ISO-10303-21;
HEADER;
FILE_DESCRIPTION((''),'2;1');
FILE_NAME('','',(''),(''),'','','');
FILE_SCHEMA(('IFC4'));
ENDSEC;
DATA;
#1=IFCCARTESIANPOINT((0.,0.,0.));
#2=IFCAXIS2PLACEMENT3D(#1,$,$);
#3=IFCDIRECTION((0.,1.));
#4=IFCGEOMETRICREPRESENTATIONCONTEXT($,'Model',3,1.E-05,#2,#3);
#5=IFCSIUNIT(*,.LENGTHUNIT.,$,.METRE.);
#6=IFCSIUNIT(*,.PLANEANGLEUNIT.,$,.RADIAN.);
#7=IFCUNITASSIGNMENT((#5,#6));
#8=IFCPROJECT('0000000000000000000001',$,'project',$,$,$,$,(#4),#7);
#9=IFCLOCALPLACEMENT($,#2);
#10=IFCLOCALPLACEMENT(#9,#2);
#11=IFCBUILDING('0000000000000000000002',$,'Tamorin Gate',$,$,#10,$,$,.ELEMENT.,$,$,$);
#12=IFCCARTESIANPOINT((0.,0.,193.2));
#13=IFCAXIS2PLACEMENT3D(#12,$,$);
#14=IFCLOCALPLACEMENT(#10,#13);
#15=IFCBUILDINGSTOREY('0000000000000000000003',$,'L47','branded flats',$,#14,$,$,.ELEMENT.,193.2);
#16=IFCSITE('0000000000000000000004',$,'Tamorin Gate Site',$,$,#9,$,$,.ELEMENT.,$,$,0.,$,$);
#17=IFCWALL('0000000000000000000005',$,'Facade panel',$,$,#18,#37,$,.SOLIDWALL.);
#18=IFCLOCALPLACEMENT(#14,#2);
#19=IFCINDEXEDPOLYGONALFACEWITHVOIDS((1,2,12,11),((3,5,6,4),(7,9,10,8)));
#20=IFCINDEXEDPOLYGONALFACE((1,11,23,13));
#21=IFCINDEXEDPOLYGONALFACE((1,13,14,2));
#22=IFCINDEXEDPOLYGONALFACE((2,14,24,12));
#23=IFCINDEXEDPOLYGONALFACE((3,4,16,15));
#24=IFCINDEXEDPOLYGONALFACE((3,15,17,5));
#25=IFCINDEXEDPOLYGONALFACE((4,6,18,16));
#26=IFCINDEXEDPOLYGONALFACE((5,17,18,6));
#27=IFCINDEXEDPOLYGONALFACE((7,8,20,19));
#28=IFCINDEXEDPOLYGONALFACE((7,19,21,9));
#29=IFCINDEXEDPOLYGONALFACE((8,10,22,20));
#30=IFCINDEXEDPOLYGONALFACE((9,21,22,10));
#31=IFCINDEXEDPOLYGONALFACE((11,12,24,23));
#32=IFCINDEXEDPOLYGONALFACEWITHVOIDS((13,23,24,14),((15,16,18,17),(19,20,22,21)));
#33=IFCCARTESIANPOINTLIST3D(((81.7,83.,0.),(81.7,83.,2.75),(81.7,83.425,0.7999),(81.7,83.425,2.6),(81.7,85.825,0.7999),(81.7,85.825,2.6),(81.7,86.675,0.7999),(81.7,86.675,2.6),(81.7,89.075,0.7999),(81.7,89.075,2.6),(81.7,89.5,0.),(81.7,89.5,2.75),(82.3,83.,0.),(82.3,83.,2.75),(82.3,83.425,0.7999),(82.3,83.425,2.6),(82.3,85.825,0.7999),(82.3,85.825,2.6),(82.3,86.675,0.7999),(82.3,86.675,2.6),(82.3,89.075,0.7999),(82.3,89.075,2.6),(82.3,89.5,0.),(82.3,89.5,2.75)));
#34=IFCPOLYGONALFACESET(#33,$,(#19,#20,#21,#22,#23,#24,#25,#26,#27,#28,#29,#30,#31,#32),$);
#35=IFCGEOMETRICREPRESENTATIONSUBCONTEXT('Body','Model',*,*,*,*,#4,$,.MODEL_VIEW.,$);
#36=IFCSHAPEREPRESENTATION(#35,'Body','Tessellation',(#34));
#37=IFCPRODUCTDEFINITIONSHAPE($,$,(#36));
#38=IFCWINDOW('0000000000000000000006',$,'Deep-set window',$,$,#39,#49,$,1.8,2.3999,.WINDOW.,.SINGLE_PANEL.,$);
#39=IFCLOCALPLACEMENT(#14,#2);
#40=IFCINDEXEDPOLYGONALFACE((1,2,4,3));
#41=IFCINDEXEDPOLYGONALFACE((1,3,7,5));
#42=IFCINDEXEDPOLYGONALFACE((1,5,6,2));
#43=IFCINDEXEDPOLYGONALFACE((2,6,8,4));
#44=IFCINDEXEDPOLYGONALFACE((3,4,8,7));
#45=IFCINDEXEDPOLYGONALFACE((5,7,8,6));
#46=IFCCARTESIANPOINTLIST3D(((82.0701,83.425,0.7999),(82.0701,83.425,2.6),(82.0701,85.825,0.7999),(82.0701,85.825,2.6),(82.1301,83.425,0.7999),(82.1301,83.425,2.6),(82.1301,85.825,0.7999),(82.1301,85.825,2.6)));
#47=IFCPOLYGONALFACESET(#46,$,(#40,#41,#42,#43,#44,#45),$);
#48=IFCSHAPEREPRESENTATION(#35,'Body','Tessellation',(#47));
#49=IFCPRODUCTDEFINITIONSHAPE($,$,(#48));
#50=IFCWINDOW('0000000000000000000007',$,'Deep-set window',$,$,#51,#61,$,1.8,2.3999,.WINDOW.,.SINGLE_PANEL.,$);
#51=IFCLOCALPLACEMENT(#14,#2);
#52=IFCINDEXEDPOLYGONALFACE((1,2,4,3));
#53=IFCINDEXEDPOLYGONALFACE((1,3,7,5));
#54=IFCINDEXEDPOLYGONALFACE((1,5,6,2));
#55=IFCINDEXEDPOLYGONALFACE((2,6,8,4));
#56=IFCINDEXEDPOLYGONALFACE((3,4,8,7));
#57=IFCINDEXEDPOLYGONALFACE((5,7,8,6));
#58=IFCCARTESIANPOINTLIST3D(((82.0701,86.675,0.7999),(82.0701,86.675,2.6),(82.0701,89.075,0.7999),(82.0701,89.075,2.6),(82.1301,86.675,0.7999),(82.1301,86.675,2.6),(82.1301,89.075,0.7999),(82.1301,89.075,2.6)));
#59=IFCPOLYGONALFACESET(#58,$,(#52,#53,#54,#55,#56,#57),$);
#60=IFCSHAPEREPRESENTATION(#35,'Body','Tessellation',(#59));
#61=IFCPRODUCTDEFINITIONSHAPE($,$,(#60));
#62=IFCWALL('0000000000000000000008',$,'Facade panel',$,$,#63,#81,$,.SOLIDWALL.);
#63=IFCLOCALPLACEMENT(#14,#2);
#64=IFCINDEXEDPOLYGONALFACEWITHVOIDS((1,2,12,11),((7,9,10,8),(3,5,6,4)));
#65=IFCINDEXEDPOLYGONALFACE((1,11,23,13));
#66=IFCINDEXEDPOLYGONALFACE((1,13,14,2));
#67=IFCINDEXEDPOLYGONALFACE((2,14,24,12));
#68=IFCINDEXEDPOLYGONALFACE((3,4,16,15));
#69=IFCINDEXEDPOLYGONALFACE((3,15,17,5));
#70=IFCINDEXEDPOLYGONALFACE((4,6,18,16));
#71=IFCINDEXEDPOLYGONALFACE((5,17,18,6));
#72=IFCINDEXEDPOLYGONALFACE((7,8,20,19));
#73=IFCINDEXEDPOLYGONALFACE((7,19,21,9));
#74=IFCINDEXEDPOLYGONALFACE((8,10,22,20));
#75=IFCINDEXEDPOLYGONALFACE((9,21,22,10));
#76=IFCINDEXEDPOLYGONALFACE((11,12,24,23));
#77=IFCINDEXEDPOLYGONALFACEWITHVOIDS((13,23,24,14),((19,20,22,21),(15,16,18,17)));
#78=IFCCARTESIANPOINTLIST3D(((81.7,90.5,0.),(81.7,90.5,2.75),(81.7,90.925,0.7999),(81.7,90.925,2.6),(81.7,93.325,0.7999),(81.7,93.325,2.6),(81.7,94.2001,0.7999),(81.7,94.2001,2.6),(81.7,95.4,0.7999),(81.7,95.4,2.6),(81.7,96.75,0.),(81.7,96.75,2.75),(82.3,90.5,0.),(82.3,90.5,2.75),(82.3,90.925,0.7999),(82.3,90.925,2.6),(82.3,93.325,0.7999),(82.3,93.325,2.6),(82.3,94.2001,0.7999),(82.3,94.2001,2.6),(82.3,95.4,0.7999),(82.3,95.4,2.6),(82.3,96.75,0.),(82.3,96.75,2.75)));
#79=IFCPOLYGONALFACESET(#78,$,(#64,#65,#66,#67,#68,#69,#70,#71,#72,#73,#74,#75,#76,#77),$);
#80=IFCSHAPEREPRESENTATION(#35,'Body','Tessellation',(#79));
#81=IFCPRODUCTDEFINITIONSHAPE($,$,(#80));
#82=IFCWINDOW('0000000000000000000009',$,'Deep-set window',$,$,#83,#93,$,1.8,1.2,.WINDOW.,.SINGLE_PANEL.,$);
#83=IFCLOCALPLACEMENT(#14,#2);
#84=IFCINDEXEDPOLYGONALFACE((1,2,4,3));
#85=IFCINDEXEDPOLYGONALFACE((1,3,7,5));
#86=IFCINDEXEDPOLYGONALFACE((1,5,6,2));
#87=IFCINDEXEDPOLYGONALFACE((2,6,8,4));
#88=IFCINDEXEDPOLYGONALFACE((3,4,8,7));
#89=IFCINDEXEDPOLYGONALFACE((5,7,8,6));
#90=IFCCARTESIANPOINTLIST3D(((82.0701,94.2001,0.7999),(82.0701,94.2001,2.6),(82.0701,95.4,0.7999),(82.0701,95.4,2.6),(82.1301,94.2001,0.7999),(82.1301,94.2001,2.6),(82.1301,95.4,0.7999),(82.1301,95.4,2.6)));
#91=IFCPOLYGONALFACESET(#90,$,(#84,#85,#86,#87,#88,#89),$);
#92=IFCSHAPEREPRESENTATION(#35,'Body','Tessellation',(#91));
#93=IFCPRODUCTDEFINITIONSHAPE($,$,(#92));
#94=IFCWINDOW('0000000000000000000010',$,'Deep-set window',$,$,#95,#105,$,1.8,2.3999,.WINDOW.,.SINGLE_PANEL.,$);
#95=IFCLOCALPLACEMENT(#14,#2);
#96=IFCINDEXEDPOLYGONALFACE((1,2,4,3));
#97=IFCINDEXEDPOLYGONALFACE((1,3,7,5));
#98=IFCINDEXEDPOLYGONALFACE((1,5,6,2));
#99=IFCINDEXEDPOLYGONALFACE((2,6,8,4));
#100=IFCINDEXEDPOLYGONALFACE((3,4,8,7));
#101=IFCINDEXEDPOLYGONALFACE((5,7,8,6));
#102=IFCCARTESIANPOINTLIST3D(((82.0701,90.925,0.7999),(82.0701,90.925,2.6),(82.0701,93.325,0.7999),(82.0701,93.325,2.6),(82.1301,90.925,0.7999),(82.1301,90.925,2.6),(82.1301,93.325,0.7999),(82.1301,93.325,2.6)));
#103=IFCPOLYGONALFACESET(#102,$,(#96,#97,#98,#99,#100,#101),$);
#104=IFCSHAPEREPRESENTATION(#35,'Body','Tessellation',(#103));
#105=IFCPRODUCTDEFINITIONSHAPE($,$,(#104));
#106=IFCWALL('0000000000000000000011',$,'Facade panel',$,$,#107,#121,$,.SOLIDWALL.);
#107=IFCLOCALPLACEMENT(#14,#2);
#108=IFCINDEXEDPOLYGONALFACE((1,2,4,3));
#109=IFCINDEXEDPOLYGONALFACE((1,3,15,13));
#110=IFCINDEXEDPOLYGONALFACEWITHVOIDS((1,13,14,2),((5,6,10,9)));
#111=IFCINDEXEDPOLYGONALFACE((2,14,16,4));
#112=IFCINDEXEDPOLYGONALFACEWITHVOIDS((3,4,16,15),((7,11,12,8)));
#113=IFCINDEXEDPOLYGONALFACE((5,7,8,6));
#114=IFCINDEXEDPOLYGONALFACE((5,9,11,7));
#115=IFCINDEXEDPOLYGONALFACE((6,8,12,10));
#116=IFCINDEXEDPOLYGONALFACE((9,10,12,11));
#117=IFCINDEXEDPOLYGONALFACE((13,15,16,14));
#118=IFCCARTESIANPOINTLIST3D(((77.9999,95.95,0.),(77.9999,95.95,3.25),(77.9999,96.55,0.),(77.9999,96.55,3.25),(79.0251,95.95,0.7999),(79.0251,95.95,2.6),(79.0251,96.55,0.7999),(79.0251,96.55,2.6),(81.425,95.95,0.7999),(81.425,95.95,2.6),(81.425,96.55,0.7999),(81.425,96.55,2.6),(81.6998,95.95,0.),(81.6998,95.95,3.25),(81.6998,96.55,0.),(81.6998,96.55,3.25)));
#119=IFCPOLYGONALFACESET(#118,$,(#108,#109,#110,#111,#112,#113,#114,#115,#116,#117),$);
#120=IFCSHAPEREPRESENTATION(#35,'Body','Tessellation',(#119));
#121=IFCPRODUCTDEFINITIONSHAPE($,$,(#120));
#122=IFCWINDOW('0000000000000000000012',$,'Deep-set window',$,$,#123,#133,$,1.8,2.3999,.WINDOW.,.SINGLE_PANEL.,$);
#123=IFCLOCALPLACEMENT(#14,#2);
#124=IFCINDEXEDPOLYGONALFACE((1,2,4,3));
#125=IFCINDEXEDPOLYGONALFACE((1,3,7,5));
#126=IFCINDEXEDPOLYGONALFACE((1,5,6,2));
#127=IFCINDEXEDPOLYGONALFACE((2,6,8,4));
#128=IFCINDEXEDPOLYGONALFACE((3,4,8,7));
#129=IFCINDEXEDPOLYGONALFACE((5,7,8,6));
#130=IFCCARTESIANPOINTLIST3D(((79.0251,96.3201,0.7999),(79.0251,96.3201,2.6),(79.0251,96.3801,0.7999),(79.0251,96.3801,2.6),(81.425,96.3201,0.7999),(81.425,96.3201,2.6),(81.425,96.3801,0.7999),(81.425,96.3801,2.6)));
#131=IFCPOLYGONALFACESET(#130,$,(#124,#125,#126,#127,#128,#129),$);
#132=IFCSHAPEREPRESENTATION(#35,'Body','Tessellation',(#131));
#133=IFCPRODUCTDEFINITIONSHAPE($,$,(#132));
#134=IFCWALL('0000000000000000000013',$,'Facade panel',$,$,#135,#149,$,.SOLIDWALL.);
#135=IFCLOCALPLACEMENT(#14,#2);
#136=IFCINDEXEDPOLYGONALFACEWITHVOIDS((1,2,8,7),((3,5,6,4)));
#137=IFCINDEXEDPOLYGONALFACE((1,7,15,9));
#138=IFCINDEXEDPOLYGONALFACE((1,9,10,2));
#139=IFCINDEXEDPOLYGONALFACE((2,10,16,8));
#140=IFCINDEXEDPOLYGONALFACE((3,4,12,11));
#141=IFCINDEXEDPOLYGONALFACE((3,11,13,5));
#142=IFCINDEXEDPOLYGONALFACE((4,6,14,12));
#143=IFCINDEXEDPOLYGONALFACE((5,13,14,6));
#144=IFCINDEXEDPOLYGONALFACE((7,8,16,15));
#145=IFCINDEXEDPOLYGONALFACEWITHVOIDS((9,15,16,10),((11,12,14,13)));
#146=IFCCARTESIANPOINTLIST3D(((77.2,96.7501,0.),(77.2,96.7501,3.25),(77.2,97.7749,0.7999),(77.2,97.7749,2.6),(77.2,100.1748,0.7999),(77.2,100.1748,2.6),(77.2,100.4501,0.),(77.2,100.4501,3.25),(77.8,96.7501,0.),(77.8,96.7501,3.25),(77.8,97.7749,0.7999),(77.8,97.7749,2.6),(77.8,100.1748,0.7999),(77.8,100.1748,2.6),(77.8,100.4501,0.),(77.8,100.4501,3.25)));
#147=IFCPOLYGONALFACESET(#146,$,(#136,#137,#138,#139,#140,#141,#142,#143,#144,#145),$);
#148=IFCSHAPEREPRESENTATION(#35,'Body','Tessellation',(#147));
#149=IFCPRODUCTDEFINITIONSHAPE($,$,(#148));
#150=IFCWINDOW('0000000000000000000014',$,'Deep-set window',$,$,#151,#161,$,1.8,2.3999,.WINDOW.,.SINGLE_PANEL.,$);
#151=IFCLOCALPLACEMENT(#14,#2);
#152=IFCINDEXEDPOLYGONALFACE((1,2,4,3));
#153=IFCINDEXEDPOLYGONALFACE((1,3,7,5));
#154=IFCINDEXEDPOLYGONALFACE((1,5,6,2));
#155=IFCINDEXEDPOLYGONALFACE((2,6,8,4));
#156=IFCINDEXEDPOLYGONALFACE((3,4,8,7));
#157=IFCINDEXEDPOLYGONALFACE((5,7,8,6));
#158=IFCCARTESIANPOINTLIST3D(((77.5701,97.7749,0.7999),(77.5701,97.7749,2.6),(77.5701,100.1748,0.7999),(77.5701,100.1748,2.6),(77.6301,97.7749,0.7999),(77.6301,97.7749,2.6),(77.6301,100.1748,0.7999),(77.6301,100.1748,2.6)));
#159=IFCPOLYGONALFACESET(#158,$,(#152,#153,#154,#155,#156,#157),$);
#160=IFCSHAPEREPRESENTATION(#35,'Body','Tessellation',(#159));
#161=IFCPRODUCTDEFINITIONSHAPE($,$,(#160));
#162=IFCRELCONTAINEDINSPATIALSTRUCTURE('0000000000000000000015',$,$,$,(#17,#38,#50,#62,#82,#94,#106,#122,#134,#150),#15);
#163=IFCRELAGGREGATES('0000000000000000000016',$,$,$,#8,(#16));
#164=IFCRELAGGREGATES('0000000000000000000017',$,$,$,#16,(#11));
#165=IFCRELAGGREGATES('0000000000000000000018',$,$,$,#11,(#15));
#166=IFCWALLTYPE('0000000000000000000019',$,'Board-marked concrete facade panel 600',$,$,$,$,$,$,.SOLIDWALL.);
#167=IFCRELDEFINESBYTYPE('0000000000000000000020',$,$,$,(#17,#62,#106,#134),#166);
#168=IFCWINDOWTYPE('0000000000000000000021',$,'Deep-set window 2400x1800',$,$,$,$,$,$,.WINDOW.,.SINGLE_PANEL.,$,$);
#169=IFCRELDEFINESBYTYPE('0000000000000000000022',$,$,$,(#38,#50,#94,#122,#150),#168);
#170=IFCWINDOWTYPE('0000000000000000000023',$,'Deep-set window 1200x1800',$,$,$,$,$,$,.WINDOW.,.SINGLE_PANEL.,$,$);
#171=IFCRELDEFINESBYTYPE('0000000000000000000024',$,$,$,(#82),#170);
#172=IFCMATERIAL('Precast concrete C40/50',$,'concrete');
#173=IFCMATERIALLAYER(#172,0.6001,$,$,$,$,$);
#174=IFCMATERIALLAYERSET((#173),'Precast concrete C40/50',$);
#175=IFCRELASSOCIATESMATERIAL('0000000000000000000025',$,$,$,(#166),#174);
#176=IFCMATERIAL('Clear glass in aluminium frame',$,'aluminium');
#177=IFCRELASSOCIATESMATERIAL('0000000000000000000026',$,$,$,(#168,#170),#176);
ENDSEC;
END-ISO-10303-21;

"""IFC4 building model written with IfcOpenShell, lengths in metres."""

from ifc_helpers import new_model, si_unit, direction, frame, frame_2d, origin, place, context, subcontext, project, spatial, rectangle, extrude, material, layer, layer_set, type_object, element, fill, save


model = new_model("IFC4")

# Units and contexts
model_context = context("Model", 3, precision=1e-05, world=origin(), true_north=direction((0.0, 1.0)))
body_context = subcontext(model_context, "Body", "Model", "MODEL_VIEW")
ifc_project = project(units=[si_unit("LENGTHUNIT", "METRE"), si_unit("PLANEANGLEUNIT", "RADIAN")], contexts=[model_context])

# Site, building, storey
site_placement = place(None, origin())
site = spatial("IfcSite", under=ifc_project, at=site_placement, Name="Tamorin Gate Site", CompositionType="ELEMENT", RefElevation=0.0)
building_placement = place(site_placement, origin())
building = spatial("IfcBuilding", under=site, at=building_placement, Name="Tamorin Gate", CompositionType="ELEMENT")
storey_placement = place(building_placement, frame((0.0, 0.0, 193.2)))
storey = spatial("IfcBuildingStorey", under=building, at=storey_placement, Name="L47", Description="branded flats", CompositionType="ELEMENT", Elevation=193.2)

# Walls, openings, windows
ifc_material_1 = material(Name="Precast concrete C40/50", Category="concrete")
ifc_layer = layer(ifc_material_1, 0.6001)
ifc_layer_set = layer_set([ifc_layer], Name="Precast concrete C40/50")
wall_type = type_object("IfcWallType", Name="Board-marked concrete facade panel 600", PredefinedType="SOLIDWALL", material=ifc_layer_set)
wall_1_placement = place(storey_placement, frame((82.0, 83.0, 0.0), z_axis=(0.0, 0.0, 1.0), x_axis=(0.0, 1.0, 0.0)))
wall_1 = element("IfcWall", 1, at=wall_1_placement, inside=storey, type_object=wall_type, Name="Facade panel", PredefinedType="SOLIDWALL", context=body_context, shape_type="SweptSolid", body=[
    extrude(rectangle(XDim=6.5, YDim=0.6001, at=frame_2d((3.25, 0.0))), origin(), (0.0, 0.0, 1.0), 2.75),
])
opening_1_placement = place(wall_1_placement, frame((0.425, 0.0, 0.8)))
opening_1 = element("IfcOpeningElement", 2, at=opening_1_placement, cuts=wall_1, PredefinedType="OPENING", context=body_context, shape_type="SweptSolid", body=[
    extrude(rectangle(XDim=2.3999, YDim=1.8, at=frame_2d((1.2, 0.8999))), frame((0.0, 0.3101, 0.0), z_axis=(0.0, -1.0, 0.0), x_axis=(1.0, 0.0, 0.0)), (0.0, 0.0, 1.0), 0.6201),
])
opening_2_placement = place(wall_1_placement, frame((3.675, 0.0, 0.8)))
opening_2 = element("IfcOpeningElement", 3, at=opening_2_placement, cuts=wall_1, PredefinedType="OPENING", context=body_context, shape_type="SweptSolid", body=[
    extrude(rectangle(XDim=2.3999, YDim=1.8, at=frame_2d((1.2, 0.8999))), frame((0.0, 0.3101, 0.0), z_axis=(0.0, -1.0, 0.0), x_axis=(1.0, 0.0, 0.0)), (0.0, 0.0, 1.0), 0.6201),
])
ifc_material_2 = material(Name="Clear glass in aluminium frame", Category="aluminium")
window_type_1 = type_object("IfcWindowType", Name="Deep-set window 2400x1800", PartitioningType="SINGLE_PANEL", PredefinedType="WINDOW", material=ifc_material_2)
window_1_placement = place(opening_1_placement, origin())
window_1 = element("IfcWindow", 4, at=window_1_placement, inside=storey, type_object=window_type_1, Name="Deep-set window", OverallHeight=1.8, OverallWidth=2.3999, PartitioningType="SINGLE_PANEL", PredefinedType="WINDOW", context=body_context, shape_type="SweptSolid", body=[
    extrude(rectangle(XDim=2.3999, YDim=1.8, at=frame_2d((1.2, 0.8999))), frame((0.0, -0.0701, 0.0), z_axis=(0.0, -1.0, 0.0), x_axis=(1.0, 0.0, 0.0)), (0.0, 0.0, 1.0), 0.0601),
])
fill(opening_1, window_1)
window_2_placement = place(opening_2_placement, origin())
window_2 = element("IfcWindow", 5, at=window_2_placement, inside=storey, type_object=window_type_1, Name="Deep-set window", OverallHeight=1.8, OverallWidth=2.3999, PartitioningType="SINGLE_PANEL", PredefinedType="WINDOW", context=body_context, shape_type="SweptSolid", body=[
    extrude(rectangle(XDim=2.3999, YDim=1.8, at=frame_2d((1.2, 0.8999))), frame((0.0, -0.0701, 0.0), z_axis=(0.0, -1.0, 0.0), x_axis=(1.0, 0.0, 0.0)), (0.0, 0.0, 1.0), 0.0601),
])
fill(opening_2, window_2)
wall_2_placement = place(storey_placement, frame((82.0, 90.5, 0.0), z_axis=(0.0, 0.0, 1.0), x_axis=(0.0, 1.0, 0.0)))
wall_2 = element("IfcWall", 6, at=wall_2_placement, inside=storey, type_object=wall_type, Name="Facade panel", PredefinedType="SOLIDWALL", context=body_context, shape_type="SweptSolid", body=[
    extrude(rectangle(XDim=6.25, YDim=0.6001, at=frame_2d((3.125, 0.0))), origin(), (0.0, 0.0, 1.0), 2.75),
])
opening_3_placement = place(wall_2_placement, frame((0.425, 0.0, 0.8)))
opening_3 = element("IfcOpeningElement", 7, at=opening_3_placement, cuts=wall_2, PredefinedType="OPENING", context=body_context, shape_type="SweptSolid", body=[
    extrude(rectangle(XDim=2.3999, YDim=1.8, at=frame_2d((1.2, 0.8999))), frame((0.0, 0.3101, 0.0), z_axis=(0.0, -1.0, 0.0), x_axis=(1.0, 0.0, 0.0)), (0.0, 0.0, 1.0), 0.6201),
])
opening_4_placement = place(wall_2_placement, frame((3.7, 0.0, 0.8)))
opening_4 = element("IfcOpeningElement", 8, at=opening_4_placement, cuts=wall_2, PredefinedType="OPENING", context=body_context, shape_type="SweptSolid", body=[
    extrude(rectangle(XDim=1.2, YDim=1.8, at=frame_2d((0.6001, 0.8999))), frame((0.0, 0.3101, 0.0), z_axis=(0.0, -1.0, 0.0), x_axis=(1.0, 0.0, 0.0)), (0.0, 0.0, 1.0), 0.6201),
])
window_type_2 = type_object("IfcWindowType", Name="Deep-set window 1200x1800", PartitioningType="SINGLE_PANEL", PredefinedType="WINDOW", material=ifc_material_2)
window_3_placement = place(opening_4_placement, origin())
window_3 = element("IfcWindow", 9, at=window_3_placement, inside=storey, type_object=window_type_2, Name="Deep-set window", OverallHeight=1.8, OverallWidth=1.2, PartitioningType="SINGLE_PANEL", PredefinedType="WINDOW", context=body_context, shape_type="SweptSolid", body=[
    extrude(rectangle(XDim=1.2, YDim=1.8, at=frame_2d((0.6001, 0.8999))), frame((0.0, -0.0701, 0.0), z_axis=(0.0, -1.0, 0.0), x_axis=(1.0, 0.0, 0.0)), (0.0, 0.0, 1.0), 0.0601),
])
fill(opening_4, window_3)
window_4_placement = place(opening_3_placement, origin())
window_4 = element("IfcWindow", 10, at=window_4_placement, inside=storey, type_object=window_type_1, Name="Deep-set window", OverallHeight=1.8, OverallWidth=2.3999, PartitioningType="SINGLE_PANEL", PredefinedType="WINDOW", context=body_context, shape_type="SweptSolid", body=[
    extrude(rectangle(XDim=2.3999, YDim=1.8, at=frame_2d((1.2, 0.8999))), frame((0.0, -0.0701, 0.0), z_axis=(0.0, -1.0, 0.0), x_axis=(1.0, 0.0, 0.0)), (0.0, 0.0, 1.0), 0.0601),
])
fill(opening_3, window_4)

# Walls, openings, windows
wall_3_placement = place(storey_placement, frame((81.7, 96.25, 0.0), z_axis=(0.0, 0.0, 1.0), x_axis=(-1.0, 0.0, 0.0)))
wall_3 = element("IfcWall", 11, at=wall_3_placement, inside=storey, type_object=wall_type, Name="Facade panel", PredefinedType="SOLIDWALL", context=body_context, shape_type="SweptSolid", body=[
    extrude(rectangle(XDim=3.7, YDim=0.6001, at=frame_2d((1.8501, 0.0))), origin(), (0.0, 0.0, 1.0), 3.25),
])
opening_5_placement = place(wall_3_placement, frame((0.2749, 0.0, 0.8)))
opening_5 = element("IfcOpeningElement", 12, at=opening_5_placement, cuts=wall_3, PredefinedType="OPENING", context=body_context, shape_type="SweptSolid", body=[
    extrude(rectangle(XDim=2.3999, YDim=1.8, at=frame_2d((1.2, 0.8999))), frame((0.0, 0.3101, 0.0), z_axis=(0.0, -1.0, 0.0), x_axis=(1.0, 0.0, 0.0)), (0.0, 0.0, 1.0), 0.6201),
])
window_5_placement = place(opening_5_placement, origin())
window_5 = element("IfcWindow", 13, at=window_5_placement, inside=storey, type_object=window_type_1, Name="Deep-set window", OverallHeight=1.8, OverallWidth=2.3999, PartitioningType="SINGLE_PANEL", PredefinedType="WINDOW", context=body_context, shape_type="SweptSolid", body=[
    extrude(rectangle(XDim=2.3999, YDim=1.8, at=frame_2d((1.2, 0.8999))), frame((0.0, -0.0701, 0.0), z_axis=(0.0, -1.0, 0.0), x_axis=(1.0, 0.0, 0.0)), (0.0, 0.0, 1.0), 0.0601),
])
fill(opening_5, window_5)
wall_4_placement = place(storey_placement, frame((77.5, 96.75, 0.0), z_axis=(0.0, 0.0, 1.0), x_axis=(0.0, 1.0, 0.0)))
wall_4 = element("IfcWall", 14, at=wall_4_placement, inside=storey, type_object=wall_type, Name="Facade panel", PredefinedType="SOLIDWALL", context=body_context, shape_type="SweptSolid", body=[
    extrude(rectangle(XDim=3.7, YDim=0.6001, at=frame_2d((1.8501, 0.0))), origin(), (0.0, 0.0, 1.0), 3.25),
])
opening_6_placement = place(wall_4_placement, frame((1.0249, 0.0, 0.8)))
opening_6 = element("IfcOpeningElement", 15, at=opening_6_placement, cuts=wall_4, PredefinedType="OPENING", context=body_context, shape_type="SweptSolid", body=[
    extrude(rectangle(XDim=2.3999, YDim=1.8, at=frame_2d((1.2, 0.8999))), frame((0.0, 0.3101, 0.0), z_axis=(0.0, -1.0, 0.0), x_axis=(1.0, 0.0, 0.0)), (0.0, 0.0, 1.0), 0.6201),
])
window_6_placement = place(opening_6_placement, origin())
window_6 = element("IfcWindow", 16, at=window_6_placement, inside=storey, type_object=window_type_1, Name="Deep-set window", OverallHeight=1.8, OverallWidth=2.3999, PartitioningType="SINGLE_PANEL", PredefinedType="WINDOW", context=body_context, shape_type="SweptSolid", body=[
    extrude(rectangle(XDim=2.3999, YDim=1.8, at=frame_2d((1.2, 0.8999))), frame((0.0, -0.0701, 0.0), z_axis=(0.0, -1.0, 0.0), x_axis=(1.0, 0.0, 0.0)), (0.0, 0.0, 1.0), 0.0601),
])
fill(opening_6, window_6)

save(model, "model.ifc")
